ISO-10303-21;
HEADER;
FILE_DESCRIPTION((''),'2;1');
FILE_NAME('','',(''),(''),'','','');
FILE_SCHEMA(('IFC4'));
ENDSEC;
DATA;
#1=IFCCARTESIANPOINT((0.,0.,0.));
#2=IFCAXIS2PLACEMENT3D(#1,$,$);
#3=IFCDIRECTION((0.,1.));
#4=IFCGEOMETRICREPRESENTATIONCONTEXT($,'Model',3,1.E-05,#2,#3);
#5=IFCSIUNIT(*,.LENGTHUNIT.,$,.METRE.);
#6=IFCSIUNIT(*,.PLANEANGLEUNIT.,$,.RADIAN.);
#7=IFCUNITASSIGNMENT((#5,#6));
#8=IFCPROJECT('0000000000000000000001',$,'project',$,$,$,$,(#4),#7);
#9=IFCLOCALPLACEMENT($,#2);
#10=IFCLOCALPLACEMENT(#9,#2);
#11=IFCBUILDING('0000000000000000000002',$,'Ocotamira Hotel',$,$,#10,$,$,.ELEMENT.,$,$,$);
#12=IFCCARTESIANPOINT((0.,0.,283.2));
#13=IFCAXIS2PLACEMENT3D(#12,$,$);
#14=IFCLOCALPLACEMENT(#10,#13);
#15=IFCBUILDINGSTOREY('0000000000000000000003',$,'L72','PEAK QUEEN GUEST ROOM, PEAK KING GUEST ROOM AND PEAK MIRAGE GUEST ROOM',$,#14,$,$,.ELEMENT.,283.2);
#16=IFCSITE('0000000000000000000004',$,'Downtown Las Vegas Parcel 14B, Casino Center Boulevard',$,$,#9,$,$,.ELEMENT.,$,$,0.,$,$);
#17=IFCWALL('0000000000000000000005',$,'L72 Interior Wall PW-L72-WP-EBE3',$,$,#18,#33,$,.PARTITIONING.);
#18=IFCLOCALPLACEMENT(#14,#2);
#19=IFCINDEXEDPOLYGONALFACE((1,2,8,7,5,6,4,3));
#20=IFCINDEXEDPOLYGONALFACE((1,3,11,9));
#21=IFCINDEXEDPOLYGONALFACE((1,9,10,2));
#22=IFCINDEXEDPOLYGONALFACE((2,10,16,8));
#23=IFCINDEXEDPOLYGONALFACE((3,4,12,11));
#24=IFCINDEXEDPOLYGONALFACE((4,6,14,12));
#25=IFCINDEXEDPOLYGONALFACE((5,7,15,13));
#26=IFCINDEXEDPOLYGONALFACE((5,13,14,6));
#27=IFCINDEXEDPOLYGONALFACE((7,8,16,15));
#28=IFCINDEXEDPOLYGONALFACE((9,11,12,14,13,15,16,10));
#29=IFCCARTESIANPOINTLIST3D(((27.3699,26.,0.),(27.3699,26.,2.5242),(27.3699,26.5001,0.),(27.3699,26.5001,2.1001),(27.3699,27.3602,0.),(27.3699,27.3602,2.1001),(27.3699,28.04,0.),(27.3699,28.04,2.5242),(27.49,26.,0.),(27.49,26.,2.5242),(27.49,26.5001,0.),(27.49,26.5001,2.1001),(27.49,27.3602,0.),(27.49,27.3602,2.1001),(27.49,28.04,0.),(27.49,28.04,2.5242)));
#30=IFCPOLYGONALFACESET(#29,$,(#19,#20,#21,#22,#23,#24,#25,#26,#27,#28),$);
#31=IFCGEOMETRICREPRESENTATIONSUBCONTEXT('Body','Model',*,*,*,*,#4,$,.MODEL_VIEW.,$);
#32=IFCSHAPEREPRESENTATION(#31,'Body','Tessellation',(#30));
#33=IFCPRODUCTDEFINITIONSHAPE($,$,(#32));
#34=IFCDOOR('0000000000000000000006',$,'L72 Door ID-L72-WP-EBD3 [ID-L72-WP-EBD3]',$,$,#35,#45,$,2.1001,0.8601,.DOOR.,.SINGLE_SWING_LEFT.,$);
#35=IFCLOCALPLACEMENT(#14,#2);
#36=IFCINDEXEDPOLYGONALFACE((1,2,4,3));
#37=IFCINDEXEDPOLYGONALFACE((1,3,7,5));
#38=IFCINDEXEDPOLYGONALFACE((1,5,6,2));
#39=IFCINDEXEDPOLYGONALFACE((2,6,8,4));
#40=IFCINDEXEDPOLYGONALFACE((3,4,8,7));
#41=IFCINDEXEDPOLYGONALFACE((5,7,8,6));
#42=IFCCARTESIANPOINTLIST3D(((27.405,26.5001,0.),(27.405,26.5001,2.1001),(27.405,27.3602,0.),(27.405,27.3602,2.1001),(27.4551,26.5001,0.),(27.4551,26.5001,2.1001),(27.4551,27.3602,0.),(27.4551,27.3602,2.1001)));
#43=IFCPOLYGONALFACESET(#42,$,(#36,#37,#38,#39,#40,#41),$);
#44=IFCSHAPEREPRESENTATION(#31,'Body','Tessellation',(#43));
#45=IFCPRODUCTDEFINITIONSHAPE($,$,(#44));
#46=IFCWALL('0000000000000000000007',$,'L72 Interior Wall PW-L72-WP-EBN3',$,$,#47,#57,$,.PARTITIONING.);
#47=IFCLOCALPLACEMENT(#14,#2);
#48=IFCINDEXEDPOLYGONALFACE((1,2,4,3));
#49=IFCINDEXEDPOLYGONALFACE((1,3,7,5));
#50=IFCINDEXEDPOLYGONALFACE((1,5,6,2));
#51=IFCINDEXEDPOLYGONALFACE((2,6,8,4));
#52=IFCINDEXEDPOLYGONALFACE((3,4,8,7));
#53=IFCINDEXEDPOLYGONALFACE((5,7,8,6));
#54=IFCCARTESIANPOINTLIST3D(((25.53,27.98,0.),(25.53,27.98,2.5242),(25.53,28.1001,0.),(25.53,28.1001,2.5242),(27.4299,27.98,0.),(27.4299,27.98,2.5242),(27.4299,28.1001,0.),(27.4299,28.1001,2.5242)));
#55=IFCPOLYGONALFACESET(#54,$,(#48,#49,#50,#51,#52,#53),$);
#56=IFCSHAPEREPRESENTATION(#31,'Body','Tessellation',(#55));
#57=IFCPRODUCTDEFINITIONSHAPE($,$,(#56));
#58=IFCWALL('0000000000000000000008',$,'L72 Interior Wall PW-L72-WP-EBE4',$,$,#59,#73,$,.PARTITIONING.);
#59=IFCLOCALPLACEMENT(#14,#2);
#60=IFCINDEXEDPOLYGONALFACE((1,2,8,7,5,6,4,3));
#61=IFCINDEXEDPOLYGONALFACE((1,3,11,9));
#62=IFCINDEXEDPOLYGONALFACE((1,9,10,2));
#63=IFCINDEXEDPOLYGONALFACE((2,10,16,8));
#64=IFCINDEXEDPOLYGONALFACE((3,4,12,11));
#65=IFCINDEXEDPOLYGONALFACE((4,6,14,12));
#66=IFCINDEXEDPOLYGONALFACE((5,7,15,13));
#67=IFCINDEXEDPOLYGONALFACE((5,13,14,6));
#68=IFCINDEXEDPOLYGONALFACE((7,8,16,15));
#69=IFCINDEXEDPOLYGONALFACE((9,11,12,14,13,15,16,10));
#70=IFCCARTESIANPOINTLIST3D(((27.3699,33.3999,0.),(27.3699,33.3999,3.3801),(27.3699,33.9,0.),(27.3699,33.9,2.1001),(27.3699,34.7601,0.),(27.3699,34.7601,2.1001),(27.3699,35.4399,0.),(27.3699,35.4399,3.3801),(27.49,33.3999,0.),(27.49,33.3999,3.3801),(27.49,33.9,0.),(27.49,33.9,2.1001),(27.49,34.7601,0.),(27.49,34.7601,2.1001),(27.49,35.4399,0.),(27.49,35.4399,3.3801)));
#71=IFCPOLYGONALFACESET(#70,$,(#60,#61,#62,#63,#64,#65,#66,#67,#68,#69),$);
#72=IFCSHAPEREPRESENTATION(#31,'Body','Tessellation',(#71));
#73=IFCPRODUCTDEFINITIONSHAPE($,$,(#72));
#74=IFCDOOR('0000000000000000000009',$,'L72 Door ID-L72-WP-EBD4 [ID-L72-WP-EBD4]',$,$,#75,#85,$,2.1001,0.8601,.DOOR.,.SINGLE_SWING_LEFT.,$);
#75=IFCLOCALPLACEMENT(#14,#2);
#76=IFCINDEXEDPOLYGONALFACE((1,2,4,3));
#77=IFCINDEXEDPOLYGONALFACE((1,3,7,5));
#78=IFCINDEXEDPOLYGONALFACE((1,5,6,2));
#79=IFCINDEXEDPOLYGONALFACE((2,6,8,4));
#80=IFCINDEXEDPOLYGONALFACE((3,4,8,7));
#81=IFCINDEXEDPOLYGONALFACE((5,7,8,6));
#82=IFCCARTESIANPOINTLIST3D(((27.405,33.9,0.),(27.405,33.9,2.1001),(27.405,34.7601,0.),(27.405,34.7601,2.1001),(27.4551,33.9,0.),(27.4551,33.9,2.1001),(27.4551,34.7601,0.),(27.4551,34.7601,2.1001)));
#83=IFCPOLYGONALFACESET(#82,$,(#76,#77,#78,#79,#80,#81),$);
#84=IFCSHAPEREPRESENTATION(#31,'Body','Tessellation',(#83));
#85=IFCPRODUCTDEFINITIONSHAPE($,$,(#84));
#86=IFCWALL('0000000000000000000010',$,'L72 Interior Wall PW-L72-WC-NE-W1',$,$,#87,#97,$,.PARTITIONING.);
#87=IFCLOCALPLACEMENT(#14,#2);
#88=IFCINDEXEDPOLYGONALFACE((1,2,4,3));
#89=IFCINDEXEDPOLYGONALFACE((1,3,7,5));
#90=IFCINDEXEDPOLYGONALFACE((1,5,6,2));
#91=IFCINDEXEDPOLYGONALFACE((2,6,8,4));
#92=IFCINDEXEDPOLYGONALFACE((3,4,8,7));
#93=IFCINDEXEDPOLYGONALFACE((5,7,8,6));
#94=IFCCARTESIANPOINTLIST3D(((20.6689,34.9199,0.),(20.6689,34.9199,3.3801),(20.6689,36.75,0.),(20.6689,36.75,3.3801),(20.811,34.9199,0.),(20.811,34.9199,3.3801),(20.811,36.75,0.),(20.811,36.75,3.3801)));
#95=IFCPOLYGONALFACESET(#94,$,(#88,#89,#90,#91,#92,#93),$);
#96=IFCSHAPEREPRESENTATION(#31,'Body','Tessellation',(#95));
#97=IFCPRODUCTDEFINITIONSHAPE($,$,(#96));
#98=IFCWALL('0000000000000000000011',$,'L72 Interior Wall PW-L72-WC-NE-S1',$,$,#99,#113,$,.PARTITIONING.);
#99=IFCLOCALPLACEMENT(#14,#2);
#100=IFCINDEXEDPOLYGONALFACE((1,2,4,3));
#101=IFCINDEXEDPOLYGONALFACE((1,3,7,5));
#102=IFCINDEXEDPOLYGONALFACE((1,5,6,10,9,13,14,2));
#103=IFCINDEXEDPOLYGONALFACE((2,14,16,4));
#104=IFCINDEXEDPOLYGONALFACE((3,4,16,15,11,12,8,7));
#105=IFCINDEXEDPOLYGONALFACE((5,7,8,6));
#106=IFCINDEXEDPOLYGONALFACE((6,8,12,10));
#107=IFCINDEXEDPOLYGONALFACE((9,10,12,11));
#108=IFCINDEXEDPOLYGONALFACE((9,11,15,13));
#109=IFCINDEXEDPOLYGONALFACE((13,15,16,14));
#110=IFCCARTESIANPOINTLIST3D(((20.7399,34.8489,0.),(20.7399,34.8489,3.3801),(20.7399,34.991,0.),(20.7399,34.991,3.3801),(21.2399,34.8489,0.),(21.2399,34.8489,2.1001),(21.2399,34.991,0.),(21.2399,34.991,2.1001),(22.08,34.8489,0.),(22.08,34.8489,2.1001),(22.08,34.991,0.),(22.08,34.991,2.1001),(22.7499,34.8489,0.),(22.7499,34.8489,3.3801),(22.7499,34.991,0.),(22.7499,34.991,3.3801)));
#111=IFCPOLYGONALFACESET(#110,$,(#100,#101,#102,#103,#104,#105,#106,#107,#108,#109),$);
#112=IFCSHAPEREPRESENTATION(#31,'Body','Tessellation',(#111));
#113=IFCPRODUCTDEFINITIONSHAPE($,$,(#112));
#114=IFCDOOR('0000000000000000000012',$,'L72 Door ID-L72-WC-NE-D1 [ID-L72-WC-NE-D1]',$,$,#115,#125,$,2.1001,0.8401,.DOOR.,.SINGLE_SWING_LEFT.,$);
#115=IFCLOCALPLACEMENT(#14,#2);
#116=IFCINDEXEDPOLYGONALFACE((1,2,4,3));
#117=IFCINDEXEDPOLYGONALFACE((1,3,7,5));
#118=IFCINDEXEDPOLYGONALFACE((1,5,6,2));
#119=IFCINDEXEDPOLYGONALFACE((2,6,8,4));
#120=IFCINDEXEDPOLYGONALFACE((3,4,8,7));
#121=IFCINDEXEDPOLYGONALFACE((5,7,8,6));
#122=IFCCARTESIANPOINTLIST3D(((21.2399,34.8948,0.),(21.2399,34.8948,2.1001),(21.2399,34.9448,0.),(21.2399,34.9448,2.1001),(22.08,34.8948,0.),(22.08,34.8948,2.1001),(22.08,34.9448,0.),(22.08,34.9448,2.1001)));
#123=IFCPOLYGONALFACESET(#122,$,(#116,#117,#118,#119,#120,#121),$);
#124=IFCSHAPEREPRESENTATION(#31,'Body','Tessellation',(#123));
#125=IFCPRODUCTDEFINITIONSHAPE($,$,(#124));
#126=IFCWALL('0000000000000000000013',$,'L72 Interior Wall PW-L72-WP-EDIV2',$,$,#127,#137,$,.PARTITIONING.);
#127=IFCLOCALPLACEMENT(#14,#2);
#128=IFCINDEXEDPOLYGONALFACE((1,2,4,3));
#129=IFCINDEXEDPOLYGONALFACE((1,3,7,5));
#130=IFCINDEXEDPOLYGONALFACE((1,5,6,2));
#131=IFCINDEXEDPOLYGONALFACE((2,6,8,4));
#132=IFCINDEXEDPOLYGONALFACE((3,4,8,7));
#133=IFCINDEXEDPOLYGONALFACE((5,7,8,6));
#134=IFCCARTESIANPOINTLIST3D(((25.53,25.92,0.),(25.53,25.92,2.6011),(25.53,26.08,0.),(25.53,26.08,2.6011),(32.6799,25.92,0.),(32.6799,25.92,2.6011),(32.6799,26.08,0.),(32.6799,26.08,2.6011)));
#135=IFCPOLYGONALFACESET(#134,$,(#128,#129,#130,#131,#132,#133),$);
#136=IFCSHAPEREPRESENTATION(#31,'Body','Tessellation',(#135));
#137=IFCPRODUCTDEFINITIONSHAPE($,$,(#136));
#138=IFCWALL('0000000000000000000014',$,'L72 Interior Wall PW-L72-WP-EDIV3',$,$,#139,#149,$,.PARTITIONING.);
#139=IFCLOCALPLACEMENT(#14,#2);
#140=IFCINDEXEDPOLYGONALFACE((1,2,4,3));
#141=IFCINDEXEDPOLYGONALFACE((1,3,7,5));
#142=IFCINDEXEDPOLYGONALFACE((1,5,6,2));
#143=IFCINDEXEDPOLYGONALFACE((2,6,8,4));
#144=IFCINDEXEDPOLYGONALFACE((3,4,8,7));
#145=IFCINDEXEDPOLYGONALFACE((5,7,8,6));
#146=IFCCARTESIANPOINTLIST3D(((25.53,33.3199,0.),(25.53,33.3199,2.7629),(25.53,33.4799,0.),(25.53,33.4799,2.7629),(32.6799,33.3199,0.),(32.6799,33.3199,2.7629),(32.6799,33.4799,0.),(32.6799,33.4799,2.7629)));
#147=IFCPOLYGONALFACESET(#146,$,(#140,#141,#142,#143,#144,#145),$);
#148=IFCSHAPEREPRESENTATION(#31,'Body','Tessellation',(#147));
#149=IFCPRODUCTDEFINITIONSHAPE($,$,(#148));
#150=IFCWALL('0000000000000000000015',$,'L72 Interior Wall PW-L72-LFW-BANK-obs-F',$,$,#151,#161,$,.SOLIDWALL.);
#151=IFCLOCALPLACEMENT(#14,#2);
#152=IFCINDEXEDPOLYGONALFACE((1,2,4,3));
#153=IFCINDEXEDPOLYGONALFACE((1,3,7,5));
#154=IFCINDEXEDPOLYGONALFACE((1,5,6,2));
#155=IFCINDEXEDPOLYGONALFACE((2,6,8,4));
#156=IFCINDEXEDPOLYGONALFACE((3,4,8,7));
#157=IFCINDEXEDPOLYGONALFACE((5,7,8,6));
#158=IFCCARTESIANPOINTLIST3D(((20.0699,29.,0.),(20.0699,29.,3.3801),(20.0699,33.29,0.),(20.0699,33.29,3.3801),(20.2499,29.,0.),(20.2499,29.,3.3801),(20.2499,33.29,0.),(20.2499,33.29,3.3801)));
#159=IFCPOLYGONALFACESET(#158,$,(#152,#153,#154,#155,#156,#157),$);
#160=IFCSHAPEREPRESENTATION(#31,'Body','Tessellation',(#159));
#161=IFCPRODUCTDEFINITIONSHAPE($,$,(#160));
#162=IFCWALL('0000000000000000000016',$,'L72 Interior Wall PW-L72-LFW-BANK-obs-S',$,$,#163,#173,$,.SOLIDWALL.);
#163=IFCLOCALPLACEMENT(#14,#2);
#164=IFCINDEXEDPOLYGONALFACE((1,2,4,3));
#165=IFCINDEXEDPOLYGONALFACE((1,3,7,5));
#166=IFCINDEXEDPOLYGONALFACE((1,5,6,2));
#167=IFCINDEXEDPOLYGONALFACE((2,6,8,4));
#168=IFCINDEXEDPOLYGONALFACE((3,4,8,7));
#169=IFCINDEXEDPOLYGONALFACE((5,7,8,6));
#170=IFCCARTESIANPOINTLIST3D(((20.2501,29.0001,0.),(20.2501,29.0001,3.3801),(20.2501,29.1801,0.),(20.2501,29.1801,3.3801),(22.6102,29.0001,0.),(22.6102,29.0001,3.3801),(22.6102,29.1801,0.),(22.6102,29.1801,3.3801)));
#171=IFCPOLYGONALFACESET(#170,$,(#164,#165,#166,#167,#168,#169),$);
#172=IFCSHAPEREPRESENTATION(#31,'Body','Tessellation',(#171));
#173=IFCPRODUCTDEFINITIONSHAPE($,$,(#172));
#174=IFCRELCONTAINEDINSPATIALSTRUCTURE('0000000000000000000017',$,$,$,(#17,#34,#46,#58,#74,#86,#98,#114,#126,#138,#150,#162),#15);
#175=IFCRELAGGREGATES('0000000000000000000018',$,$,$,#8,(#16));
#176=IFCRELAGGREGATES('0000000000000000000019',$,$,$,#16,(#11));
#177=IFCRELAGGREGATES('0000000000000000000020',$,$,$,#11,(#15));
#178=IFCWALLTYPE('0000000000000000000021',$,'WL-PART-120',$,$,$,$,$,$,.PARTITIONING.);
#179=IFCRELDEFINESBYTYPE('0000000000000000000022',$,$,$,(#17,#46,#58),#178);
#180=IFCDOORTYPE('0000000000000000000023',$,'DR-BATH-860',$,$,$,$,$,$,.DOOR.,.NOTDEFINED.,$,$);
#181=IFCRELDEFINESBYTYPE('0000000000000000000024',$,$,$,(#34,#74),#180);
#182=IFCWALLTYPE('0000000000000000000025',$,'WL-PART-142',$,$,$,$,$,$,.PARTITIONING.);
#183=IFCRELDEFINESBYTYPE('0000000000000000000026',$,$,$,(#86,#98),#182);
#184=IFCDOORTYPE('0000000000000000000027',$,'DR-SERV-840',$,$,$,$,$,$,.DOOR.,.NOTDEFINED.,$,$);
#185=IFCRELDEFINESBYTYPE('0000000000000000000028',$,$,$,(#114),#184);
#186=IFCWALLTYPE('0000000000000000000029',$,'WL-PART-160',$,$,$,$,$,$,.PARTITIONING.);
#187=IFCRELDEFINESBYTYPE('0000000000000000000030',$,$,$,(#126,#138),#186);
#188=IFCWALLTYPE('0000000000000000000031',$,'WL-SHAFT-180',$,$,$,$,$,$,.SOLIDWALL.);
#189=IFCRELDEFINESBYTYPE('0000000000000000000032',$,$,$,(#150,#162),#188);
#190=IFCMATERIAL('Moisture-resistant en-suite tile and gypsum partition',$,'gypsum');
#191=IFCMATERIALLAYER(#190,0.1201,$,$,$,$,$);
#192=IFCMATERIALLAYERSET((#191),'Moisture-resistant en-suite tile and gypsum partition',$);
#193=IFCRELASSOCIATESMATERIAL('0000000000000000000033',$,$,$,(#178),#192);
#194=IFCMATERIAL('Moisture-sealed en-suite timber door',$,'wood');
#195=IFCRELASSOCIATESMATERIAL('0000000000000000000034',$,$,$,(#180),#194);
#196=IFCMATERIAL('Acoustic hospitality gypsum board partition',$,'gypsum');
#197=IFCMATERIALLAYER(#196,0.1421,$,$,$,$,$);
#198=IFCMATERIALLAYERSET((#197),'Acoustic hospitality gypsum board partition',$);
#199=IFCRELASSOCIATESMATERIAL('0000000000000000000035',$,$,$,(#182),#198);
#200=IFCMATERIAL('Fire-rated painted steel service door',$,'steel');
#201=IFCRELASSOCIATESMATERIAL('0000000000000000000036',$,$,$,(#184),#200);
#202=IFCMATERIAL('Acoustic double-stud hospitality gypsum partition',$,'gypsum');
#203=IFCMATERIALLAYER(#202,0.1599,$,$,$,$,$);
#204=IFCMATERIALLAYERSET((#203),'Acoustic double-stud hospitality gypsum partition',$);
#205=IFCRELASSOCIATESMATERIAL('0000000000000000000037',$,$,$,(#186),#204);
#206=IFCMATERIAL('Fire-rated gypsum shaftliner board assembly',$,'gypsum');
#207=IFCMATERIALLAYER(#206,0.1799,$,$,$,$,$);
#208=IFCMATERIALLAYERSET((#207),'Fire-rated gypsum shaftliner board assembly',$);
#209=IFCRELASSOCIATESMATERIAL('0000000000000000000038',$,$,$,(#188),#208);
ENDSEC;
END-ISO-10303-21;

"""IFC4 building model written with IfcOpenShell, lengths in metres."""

from ifc_helpers import new_model, si_unit, direction, frame, frame_2d, origin, place, context, subcontext, project, spatial, rectangle, extrude, source, transform, mapped, material, layer, layer_set, type_object, element, fill, save


model = new_model("IFC4")

# Units and contexts
model_context = context("Model", 3, precision=1e-05, world=origin(), true_north=direction((0.0, 1.0)))
body_context = subcontext(model_context, "Body", "Model", "MODEL_VIEW")
ifc_project = project(units=[si_unit("LENGTHUNIT", "METRE"), si_unit("PLANEANGLEUNIT", "RADIAN")], contexts=[model_context])

# Site, building, storey
site_placement = place(None, origin())
site = spatial("IfcSite", under=ifc_project, at=site_placement, Name="Downtown Las Vegas Parcel 14B, Casino Center Boulevard", CompositionType="ELEMENT", RefElevation=0.0)
building_placement = place(site_placement, origin())
building = spatial("IfcBuilding", under=site, at=building_placement, Name="Ocotamira Hotel", CompositionType="ELEMENT")
storey_placement = place(building_placement, frame((0.0, 0.0, 283.2)))
storey = spatial("IfcBuildingStorey", under=building, at=storey_placement, Name="L72", Description="PEAK QUEEN GUEST ROOM, PEAK KING GUEST ROOM AND PEAK MIRAGE GUEST ROOM", CompositionType="ELEMENT", Elevation=283.2)

# Wall, opening, door
ifc_material_1 = material(Name="Moisture-resistant en-suite tile and gypsum partition", Category="gypsum")
ifc_layer_1 = layer(ifc_material_1, 0.1201)
ifc_layer_set_1 = layer_set([ifc_layer_1], Name="Moisture-resistant en-suite tile and gypsum partition")
wall_type_1 = type_object("IfcWallType", Name="WL-PART-120", PredefinedType="PARTITIONING", material=ifc_layer_set_1)
wall_1_placement = place(storey_placement, frame((27.4299, 26.0, 0.0), z_axis=(0.0, 0.0, 1.0), x_axis=(0.0, 1.0, 0.0)))
wall_1 = element("IfcWall", 1, at=wall_1_placement, inside=storey, type_object=wall_type_1, Name="L72 Interior Wall PW-L72-WP-EBE3", PredefinedType="PARTITIONING", context=body_context, shape_type="SweptSolid", body=[
    extrude(rectangle(XDim=2.04, YDim=0.1201, at=frame_2d((1.02, 0.0))), origin(), (0.0, 0.0, 1.0), 2.5242),
])
opening_1_placement = place(wall_1_placement, frame((0.5, 0.0, 0.0)))
opening_1 = element("IfcOpeningElement", 2, at=opening_1_placement, cuts=wall_1, PredefinedType="OPENING", context=body_context, shape_type="SweptSolid", body=[
    extrude(rectangle(XDim=0.8601, YDim=2.1001, at=frame_2d((0.4302, 1.05))), frame((0.0, 0.0701, 0.0), z_axis=(0.0, -1.0, 0.0), x_axis=(1.0, 0.0, 0.0)), (0.0, 0.0, 1.0), 0.1401),
])
ifc_material_2 = material(Name="Moisture-sealed en-suite timber door", Category="wood")
door_type_1 = type_object("IfcDoorType", Name="DR-BATH-860", OperationType="NOTDEFINED", PredefinedType="DOOR", material=ifc_material_2)
shared_shape_1 = source(origin(), body_context, "Body", "SweptSolid", [
    extrude(rectangle(XDim=0.8601, YDim=2.1001, at=frame_2d((0.4302, 1.05))), frame((0.0, 0.0249, 0.0), z_axis=(0.0, -1.0, 0.0), x_axis=(1.0, 0.0, 0.0)), (0.0, 0.0, 1.0), 0.05),
])
door_1_placement = place(opening_1_placement, origin())
door_1 = element("IfcDoor", 3, at=door_1_placement, inside=storey, type_object=door_type_1, Name="L72 Door ID-L72-WP-EBD3 [ID-L72-WP-EBD3]", OperationType="SINGLE_SWING_LEFT", OverallHeight=2.1001, OverallWidth=0.8601, PredefinedType="DOOR", context=body_context, shape_type="MappedRepresentation", body=[
    mapped(shared_shape_1, transform((0.0, 0.0, 0.0), scale=1.0)),
])
fill(opening_1, door_1)

# Wall
wall_2_placement = place(storey_placement, frame((25.53, 28.04, 0.0), z_axis=(0.0, 0.0, 1.0), x_axis=(1.0, 0.0, 0.0)))
element("IfcWall", 4, at=wall_2_placement, inside=storey, type_object=wall_type_1, Name="L72 Interior Wall PW-L72-WP-EBN3", PredefinedType="PARTITIONING", context=body_context, shape_type="SweptSolid", body=[
    extrude(rectangle(XDim=1.8999, YDim=0.1201, at=frame_2d((0.95, 0.0))), origin(), (0.0, 0.0, 1.0), 2.5242),
])

# Wall, opening, door
wall_3_placement = place(storey_placement, frame((27.4299, 33.3999, 0.0), z_axis=(0.0, 0.0, 1.0), x_axis=(0.0, 1.0, 0.0)))
wall_3 = element("IfcWall", 5, at=wall_3_placement, inside=storey, type_object=wall_type_1, Name="L72 Interior Wall PW-L72-WP-EBE4", PredefinedType="PARTITIONING", context=body_context, shape_type="SweptSolid", body=[
    extrude(rectangle(XDim=2.04, YDim=0.1201, at=frame_2d((1.02, 0.0))), origin(), (0.0, 0.0, 1.0), 3.3801),
])
opening_2_placement = place(wall_3_placement, frame((0.5, 0.0, 0.0)))
opening_2 = element("IfcOpeningElement", 6, at=opening_2_placement, cuts=wall_3, PredefinedType="OPENING", context=body_context, shape_type="SweptSolid", body=[
    extrude(rectangle(XDim=0.8601, YDim=2.1001, at=frame_2d((0.4302, 1.05))), frame((0.0, 0.0701, 0.0), z_axis=(0.0, -1.0, 0.0), x_axis=(1.0, 0.0, 0.0)), (0.0, 0.0, 1.0), 0.1401),
])
door_2_placement = place(opening_2_placement, origin())
door_2 = element("IfcDoor", 7, at=door_2_placement, inside=storey, type_object=door_type_1, Name="L72 Door ID-L72-WP-EBD4 [ID-L72-WP-EBD4]", OperationType="SINGLE_SWING_LEFT", OverallHeight=2.1001, OverallWidth=0.8601, PredefinedType="DOOR", context=body_context, shape_type="MappedRepresentation", body=[
    mapped(shared_shape_1, transform((0.0, 0.0, 0.0), scale=1.0)),
])
fill(opening_2, door_2)

# Wall
ifc_material_3 = material(Name="Acoustic hospitality gypsum board partition", Category="gypsum")
ifc_layer_2 = layer(ifc_material_3, 0.1421)
ifc_layer_set_2 = layer_set([ifc_layer_2], Name="Acoustic hospitality gypsum board partition")
wall_type_2 = type_object("IfcWallType", Name="WL-PART-142", PredefinedType="PARTITIONING", material=ifc_layer_set_2)
wall_4_placement = place(storey_placement, frame((20.74, 34.9199, 0.0), z_axis=(0.0, 0.0, 1.0), x_axis=(0.0, 1.0, 0.0)))
element("IfcWall", 8, at=wall_4_placement, inside=storey, type_object=wall_type_2, Name="L72 Interior Wall PW-L72-WC-NE-W1", PredefinedType="PARTITIONING", context=body_context, shape_type="SweptSolid", body=[
    extrude(rectangle(XDim=1.8301, YDim=0.1421, at=frame_2d((0.915, 0.0))), origin(), (0.0, 0.0, 1.0), 3.3801),
])

# Wall, opening, door
wall_5_placement = place(storey_placement, frame((20.74, 34.9199, 0.0), z_axis=(0.0, 0.0, 1.0), x_axis=(1.0, 0.0, 0.0)))
wall_5 = element("IfcWall", 9, at=wall_5_placement, inside=storey, type_object=wall_type_2, Name="L72 Interior Wall PW-L72-WC-NE-S1", PredefinedType="PARTITIONING", context=body_context, shape_type="SweptSolid", body=[
    extrude(rectangle(XDim=2.01, YDim=0.1421, at=frame_2d((1.0049, 0.0))), origin(), (0.0, 0.0, 1.0), 3.3801),
])
opening_3_placement = place(wall_5_placement, frame((0.5, 0.0, 0.0)))
opening_3 = element("IfcOpeningElement", 10, at=opening_3_placement, cuts=wall_5, PredefinedType="OPENING", context=body_context, shape_type="SweptSolid", body=[
    extrude(rectangle(XDim=0.8401, YDim=2.1001, at=frame_2d((0.4199, 1.05))), frame((0.0, 0.0811, 0.0), z_axis=(0.0, -1.0, 0.0), x_axis=(1.0, 0.0, 0.0)), (0.0, 0.0, 1.0), 0.1621),
])
ifc_material_4 = material(Name="Fire-rated painted steel service door", Category="steel")
door_type_2 = type_object("IfcDoorType", Name="DR-SERV-840", OperationType="NOTDEFINED", PredefinedType="DOOR", material=ifc_material_4)
shared_shape_2 = source(origin(), body_context, "Body", "SweptSolid", [
    extrude(rectangle(XDim=0.8401, YDim=2.1001, at=frame_2d((0.4199, 1.05))), frame((0.0, 0.0249, 0.0), z_axis=(0.0, -1.0, 0.0), x_axis=(1.0, 0.0, 0.0)), (0.0, 0.0, 1.0), 0.05),
])
door_3_placement = place(opening_3_placement, origin())
door_3 = element("IfcDoor", 11, at=door_3_placement, inside=storey, type_object=door_type_2, Name="L72 Door ID-L72-WC-NE-D1 [ID-L72-WC-NE-D1]", OperationType="SINGLE_SWING_LEFT", OverallHeight=2.1001, OverallWidth=0.8401, PredefinedType="DOOR", context=body_context, shape_type="MappedRepresentation", body=[
    mapped(shared_shape_2, transform((0.0, 0.0, 0.0), scale=1.0)),
])
fill(opening_3, door_3)

# Walls
ifc_material_5 = material(Name="Acoustic double-stud hospitality gypsum partition", Category="gypsum")
ifc_layer_3 = layer(ifc_material_5, 0.1599)
ifc_layer_set_3 = layer_set([ifc_layer_3], Name="Acoustic double-stud hospitality gypsum partition")
wall_type_3 = type_object("IfcWallType", Name="WL-PART-160", PredefinedType="PARTITIONING", material=ifc_layer_set_3)
wall_6_placement = place(storey_placement, frame((25.53, 26.0, 0.0), z_axis=(0.0, 0.0, 1.0), x_axis=(1.0, 0.0, 0.0)))
element("IfcWall", 12, at=wall_6_placement, inside=storey, type_object=wall_type_3, Name="L72 Interior Wall PW-L72-WP-EDIV2", PredefinedType="PARTITIONING", context=body_context, shape_type="SweptSolid", body=[
    extrude(rectangle(XDim=7.1499, YDim=0.1599, at=frame_2d((3.575, 0.0))), origin(), (0.0, 0.0, 1.0), 2.6011),
])
wall_7_placement = place(storey_placement, frame((25.53, 33.3999, 0.0), z_axis=(0.0, 0.0, 1.0), x_axis=(1.0, 0.0, 0.0)))
element("IfcWall", 13, at=wall_7_placement, inside=storey, type_object=wall_type_3, Name="L72 Interior Wall PW-L72-WP-EDIV3", PredefinedType="PARTITIONING", context=body_context, shape_type="SweptSolid", body=[
    extrude(rectangle(XDim=7.1499, YDim=0.1599, at=frame_2d((3.575, 0.0))), origin(), (0.0, 0.0, 1.0), 2.7629),
])
ifc_material_6 = material(Name="Fire-rated gypsum shaftliner board assembly", Category="gypsum")
ifc_layer_4 = layer(ifc_material_6, 0.1799)
ifc_layer_set_4 = layer_set([ifc_layer_4], Name="Fire-rated gypsum shaftliner board assembly")
wall_type_4 = type_object("IfcWallType", Name="WL-SHAFT-180", PredefinedType="SOLIDWALL", material=ifc_layer_set_4)
wall_8_placement = place(storey_placement, frame((20.1599, 29.0, 0.0), z_axis=(0.0, 0.0, 1.0), x_axis=(0.0, 1.0, 0.0)))
element("IfcWall", 14, at=wall_8_placement, inside=storey, type_object=wall_type_4, Name="L72 Interior Wall PW-L72-LFW-BANK-obs-F", PredefinedType="SOLIDWALL", context=body_context, shape_type="SweptSolid", body=[
    extrude(rectangle(XDim=4.29, YDim=0.1799, at=frame_2d((2.145, 0.0))), origin(), (0.0, 0.0, 1.0), 3.3801),
])
wall_9_placement = place(storey_placement, frame((20.25, 29.0901, 0.0), z_axis=(0.0, 0.0, 1.0), x_axis=(1.0, 0.0, 0.0)))
element("IfcWall", 15, at=wall_9_placement, inside=storey, type_object=wall_type_4, Name="L72 Interior Wall PW-L72-LFW-BANK-obs-S", PredefinedType="SOLIDWALL", context=body_context, shape_type="SweptSolid", body=[
    extrude(rectangle(XDim=2.3601, YDim=0.1799, at=frame_2d((1.1802, 0.0))), origin(), (0.0, 0.0, 1.0), 3.3801),
])

save(model, "model.ifc")
